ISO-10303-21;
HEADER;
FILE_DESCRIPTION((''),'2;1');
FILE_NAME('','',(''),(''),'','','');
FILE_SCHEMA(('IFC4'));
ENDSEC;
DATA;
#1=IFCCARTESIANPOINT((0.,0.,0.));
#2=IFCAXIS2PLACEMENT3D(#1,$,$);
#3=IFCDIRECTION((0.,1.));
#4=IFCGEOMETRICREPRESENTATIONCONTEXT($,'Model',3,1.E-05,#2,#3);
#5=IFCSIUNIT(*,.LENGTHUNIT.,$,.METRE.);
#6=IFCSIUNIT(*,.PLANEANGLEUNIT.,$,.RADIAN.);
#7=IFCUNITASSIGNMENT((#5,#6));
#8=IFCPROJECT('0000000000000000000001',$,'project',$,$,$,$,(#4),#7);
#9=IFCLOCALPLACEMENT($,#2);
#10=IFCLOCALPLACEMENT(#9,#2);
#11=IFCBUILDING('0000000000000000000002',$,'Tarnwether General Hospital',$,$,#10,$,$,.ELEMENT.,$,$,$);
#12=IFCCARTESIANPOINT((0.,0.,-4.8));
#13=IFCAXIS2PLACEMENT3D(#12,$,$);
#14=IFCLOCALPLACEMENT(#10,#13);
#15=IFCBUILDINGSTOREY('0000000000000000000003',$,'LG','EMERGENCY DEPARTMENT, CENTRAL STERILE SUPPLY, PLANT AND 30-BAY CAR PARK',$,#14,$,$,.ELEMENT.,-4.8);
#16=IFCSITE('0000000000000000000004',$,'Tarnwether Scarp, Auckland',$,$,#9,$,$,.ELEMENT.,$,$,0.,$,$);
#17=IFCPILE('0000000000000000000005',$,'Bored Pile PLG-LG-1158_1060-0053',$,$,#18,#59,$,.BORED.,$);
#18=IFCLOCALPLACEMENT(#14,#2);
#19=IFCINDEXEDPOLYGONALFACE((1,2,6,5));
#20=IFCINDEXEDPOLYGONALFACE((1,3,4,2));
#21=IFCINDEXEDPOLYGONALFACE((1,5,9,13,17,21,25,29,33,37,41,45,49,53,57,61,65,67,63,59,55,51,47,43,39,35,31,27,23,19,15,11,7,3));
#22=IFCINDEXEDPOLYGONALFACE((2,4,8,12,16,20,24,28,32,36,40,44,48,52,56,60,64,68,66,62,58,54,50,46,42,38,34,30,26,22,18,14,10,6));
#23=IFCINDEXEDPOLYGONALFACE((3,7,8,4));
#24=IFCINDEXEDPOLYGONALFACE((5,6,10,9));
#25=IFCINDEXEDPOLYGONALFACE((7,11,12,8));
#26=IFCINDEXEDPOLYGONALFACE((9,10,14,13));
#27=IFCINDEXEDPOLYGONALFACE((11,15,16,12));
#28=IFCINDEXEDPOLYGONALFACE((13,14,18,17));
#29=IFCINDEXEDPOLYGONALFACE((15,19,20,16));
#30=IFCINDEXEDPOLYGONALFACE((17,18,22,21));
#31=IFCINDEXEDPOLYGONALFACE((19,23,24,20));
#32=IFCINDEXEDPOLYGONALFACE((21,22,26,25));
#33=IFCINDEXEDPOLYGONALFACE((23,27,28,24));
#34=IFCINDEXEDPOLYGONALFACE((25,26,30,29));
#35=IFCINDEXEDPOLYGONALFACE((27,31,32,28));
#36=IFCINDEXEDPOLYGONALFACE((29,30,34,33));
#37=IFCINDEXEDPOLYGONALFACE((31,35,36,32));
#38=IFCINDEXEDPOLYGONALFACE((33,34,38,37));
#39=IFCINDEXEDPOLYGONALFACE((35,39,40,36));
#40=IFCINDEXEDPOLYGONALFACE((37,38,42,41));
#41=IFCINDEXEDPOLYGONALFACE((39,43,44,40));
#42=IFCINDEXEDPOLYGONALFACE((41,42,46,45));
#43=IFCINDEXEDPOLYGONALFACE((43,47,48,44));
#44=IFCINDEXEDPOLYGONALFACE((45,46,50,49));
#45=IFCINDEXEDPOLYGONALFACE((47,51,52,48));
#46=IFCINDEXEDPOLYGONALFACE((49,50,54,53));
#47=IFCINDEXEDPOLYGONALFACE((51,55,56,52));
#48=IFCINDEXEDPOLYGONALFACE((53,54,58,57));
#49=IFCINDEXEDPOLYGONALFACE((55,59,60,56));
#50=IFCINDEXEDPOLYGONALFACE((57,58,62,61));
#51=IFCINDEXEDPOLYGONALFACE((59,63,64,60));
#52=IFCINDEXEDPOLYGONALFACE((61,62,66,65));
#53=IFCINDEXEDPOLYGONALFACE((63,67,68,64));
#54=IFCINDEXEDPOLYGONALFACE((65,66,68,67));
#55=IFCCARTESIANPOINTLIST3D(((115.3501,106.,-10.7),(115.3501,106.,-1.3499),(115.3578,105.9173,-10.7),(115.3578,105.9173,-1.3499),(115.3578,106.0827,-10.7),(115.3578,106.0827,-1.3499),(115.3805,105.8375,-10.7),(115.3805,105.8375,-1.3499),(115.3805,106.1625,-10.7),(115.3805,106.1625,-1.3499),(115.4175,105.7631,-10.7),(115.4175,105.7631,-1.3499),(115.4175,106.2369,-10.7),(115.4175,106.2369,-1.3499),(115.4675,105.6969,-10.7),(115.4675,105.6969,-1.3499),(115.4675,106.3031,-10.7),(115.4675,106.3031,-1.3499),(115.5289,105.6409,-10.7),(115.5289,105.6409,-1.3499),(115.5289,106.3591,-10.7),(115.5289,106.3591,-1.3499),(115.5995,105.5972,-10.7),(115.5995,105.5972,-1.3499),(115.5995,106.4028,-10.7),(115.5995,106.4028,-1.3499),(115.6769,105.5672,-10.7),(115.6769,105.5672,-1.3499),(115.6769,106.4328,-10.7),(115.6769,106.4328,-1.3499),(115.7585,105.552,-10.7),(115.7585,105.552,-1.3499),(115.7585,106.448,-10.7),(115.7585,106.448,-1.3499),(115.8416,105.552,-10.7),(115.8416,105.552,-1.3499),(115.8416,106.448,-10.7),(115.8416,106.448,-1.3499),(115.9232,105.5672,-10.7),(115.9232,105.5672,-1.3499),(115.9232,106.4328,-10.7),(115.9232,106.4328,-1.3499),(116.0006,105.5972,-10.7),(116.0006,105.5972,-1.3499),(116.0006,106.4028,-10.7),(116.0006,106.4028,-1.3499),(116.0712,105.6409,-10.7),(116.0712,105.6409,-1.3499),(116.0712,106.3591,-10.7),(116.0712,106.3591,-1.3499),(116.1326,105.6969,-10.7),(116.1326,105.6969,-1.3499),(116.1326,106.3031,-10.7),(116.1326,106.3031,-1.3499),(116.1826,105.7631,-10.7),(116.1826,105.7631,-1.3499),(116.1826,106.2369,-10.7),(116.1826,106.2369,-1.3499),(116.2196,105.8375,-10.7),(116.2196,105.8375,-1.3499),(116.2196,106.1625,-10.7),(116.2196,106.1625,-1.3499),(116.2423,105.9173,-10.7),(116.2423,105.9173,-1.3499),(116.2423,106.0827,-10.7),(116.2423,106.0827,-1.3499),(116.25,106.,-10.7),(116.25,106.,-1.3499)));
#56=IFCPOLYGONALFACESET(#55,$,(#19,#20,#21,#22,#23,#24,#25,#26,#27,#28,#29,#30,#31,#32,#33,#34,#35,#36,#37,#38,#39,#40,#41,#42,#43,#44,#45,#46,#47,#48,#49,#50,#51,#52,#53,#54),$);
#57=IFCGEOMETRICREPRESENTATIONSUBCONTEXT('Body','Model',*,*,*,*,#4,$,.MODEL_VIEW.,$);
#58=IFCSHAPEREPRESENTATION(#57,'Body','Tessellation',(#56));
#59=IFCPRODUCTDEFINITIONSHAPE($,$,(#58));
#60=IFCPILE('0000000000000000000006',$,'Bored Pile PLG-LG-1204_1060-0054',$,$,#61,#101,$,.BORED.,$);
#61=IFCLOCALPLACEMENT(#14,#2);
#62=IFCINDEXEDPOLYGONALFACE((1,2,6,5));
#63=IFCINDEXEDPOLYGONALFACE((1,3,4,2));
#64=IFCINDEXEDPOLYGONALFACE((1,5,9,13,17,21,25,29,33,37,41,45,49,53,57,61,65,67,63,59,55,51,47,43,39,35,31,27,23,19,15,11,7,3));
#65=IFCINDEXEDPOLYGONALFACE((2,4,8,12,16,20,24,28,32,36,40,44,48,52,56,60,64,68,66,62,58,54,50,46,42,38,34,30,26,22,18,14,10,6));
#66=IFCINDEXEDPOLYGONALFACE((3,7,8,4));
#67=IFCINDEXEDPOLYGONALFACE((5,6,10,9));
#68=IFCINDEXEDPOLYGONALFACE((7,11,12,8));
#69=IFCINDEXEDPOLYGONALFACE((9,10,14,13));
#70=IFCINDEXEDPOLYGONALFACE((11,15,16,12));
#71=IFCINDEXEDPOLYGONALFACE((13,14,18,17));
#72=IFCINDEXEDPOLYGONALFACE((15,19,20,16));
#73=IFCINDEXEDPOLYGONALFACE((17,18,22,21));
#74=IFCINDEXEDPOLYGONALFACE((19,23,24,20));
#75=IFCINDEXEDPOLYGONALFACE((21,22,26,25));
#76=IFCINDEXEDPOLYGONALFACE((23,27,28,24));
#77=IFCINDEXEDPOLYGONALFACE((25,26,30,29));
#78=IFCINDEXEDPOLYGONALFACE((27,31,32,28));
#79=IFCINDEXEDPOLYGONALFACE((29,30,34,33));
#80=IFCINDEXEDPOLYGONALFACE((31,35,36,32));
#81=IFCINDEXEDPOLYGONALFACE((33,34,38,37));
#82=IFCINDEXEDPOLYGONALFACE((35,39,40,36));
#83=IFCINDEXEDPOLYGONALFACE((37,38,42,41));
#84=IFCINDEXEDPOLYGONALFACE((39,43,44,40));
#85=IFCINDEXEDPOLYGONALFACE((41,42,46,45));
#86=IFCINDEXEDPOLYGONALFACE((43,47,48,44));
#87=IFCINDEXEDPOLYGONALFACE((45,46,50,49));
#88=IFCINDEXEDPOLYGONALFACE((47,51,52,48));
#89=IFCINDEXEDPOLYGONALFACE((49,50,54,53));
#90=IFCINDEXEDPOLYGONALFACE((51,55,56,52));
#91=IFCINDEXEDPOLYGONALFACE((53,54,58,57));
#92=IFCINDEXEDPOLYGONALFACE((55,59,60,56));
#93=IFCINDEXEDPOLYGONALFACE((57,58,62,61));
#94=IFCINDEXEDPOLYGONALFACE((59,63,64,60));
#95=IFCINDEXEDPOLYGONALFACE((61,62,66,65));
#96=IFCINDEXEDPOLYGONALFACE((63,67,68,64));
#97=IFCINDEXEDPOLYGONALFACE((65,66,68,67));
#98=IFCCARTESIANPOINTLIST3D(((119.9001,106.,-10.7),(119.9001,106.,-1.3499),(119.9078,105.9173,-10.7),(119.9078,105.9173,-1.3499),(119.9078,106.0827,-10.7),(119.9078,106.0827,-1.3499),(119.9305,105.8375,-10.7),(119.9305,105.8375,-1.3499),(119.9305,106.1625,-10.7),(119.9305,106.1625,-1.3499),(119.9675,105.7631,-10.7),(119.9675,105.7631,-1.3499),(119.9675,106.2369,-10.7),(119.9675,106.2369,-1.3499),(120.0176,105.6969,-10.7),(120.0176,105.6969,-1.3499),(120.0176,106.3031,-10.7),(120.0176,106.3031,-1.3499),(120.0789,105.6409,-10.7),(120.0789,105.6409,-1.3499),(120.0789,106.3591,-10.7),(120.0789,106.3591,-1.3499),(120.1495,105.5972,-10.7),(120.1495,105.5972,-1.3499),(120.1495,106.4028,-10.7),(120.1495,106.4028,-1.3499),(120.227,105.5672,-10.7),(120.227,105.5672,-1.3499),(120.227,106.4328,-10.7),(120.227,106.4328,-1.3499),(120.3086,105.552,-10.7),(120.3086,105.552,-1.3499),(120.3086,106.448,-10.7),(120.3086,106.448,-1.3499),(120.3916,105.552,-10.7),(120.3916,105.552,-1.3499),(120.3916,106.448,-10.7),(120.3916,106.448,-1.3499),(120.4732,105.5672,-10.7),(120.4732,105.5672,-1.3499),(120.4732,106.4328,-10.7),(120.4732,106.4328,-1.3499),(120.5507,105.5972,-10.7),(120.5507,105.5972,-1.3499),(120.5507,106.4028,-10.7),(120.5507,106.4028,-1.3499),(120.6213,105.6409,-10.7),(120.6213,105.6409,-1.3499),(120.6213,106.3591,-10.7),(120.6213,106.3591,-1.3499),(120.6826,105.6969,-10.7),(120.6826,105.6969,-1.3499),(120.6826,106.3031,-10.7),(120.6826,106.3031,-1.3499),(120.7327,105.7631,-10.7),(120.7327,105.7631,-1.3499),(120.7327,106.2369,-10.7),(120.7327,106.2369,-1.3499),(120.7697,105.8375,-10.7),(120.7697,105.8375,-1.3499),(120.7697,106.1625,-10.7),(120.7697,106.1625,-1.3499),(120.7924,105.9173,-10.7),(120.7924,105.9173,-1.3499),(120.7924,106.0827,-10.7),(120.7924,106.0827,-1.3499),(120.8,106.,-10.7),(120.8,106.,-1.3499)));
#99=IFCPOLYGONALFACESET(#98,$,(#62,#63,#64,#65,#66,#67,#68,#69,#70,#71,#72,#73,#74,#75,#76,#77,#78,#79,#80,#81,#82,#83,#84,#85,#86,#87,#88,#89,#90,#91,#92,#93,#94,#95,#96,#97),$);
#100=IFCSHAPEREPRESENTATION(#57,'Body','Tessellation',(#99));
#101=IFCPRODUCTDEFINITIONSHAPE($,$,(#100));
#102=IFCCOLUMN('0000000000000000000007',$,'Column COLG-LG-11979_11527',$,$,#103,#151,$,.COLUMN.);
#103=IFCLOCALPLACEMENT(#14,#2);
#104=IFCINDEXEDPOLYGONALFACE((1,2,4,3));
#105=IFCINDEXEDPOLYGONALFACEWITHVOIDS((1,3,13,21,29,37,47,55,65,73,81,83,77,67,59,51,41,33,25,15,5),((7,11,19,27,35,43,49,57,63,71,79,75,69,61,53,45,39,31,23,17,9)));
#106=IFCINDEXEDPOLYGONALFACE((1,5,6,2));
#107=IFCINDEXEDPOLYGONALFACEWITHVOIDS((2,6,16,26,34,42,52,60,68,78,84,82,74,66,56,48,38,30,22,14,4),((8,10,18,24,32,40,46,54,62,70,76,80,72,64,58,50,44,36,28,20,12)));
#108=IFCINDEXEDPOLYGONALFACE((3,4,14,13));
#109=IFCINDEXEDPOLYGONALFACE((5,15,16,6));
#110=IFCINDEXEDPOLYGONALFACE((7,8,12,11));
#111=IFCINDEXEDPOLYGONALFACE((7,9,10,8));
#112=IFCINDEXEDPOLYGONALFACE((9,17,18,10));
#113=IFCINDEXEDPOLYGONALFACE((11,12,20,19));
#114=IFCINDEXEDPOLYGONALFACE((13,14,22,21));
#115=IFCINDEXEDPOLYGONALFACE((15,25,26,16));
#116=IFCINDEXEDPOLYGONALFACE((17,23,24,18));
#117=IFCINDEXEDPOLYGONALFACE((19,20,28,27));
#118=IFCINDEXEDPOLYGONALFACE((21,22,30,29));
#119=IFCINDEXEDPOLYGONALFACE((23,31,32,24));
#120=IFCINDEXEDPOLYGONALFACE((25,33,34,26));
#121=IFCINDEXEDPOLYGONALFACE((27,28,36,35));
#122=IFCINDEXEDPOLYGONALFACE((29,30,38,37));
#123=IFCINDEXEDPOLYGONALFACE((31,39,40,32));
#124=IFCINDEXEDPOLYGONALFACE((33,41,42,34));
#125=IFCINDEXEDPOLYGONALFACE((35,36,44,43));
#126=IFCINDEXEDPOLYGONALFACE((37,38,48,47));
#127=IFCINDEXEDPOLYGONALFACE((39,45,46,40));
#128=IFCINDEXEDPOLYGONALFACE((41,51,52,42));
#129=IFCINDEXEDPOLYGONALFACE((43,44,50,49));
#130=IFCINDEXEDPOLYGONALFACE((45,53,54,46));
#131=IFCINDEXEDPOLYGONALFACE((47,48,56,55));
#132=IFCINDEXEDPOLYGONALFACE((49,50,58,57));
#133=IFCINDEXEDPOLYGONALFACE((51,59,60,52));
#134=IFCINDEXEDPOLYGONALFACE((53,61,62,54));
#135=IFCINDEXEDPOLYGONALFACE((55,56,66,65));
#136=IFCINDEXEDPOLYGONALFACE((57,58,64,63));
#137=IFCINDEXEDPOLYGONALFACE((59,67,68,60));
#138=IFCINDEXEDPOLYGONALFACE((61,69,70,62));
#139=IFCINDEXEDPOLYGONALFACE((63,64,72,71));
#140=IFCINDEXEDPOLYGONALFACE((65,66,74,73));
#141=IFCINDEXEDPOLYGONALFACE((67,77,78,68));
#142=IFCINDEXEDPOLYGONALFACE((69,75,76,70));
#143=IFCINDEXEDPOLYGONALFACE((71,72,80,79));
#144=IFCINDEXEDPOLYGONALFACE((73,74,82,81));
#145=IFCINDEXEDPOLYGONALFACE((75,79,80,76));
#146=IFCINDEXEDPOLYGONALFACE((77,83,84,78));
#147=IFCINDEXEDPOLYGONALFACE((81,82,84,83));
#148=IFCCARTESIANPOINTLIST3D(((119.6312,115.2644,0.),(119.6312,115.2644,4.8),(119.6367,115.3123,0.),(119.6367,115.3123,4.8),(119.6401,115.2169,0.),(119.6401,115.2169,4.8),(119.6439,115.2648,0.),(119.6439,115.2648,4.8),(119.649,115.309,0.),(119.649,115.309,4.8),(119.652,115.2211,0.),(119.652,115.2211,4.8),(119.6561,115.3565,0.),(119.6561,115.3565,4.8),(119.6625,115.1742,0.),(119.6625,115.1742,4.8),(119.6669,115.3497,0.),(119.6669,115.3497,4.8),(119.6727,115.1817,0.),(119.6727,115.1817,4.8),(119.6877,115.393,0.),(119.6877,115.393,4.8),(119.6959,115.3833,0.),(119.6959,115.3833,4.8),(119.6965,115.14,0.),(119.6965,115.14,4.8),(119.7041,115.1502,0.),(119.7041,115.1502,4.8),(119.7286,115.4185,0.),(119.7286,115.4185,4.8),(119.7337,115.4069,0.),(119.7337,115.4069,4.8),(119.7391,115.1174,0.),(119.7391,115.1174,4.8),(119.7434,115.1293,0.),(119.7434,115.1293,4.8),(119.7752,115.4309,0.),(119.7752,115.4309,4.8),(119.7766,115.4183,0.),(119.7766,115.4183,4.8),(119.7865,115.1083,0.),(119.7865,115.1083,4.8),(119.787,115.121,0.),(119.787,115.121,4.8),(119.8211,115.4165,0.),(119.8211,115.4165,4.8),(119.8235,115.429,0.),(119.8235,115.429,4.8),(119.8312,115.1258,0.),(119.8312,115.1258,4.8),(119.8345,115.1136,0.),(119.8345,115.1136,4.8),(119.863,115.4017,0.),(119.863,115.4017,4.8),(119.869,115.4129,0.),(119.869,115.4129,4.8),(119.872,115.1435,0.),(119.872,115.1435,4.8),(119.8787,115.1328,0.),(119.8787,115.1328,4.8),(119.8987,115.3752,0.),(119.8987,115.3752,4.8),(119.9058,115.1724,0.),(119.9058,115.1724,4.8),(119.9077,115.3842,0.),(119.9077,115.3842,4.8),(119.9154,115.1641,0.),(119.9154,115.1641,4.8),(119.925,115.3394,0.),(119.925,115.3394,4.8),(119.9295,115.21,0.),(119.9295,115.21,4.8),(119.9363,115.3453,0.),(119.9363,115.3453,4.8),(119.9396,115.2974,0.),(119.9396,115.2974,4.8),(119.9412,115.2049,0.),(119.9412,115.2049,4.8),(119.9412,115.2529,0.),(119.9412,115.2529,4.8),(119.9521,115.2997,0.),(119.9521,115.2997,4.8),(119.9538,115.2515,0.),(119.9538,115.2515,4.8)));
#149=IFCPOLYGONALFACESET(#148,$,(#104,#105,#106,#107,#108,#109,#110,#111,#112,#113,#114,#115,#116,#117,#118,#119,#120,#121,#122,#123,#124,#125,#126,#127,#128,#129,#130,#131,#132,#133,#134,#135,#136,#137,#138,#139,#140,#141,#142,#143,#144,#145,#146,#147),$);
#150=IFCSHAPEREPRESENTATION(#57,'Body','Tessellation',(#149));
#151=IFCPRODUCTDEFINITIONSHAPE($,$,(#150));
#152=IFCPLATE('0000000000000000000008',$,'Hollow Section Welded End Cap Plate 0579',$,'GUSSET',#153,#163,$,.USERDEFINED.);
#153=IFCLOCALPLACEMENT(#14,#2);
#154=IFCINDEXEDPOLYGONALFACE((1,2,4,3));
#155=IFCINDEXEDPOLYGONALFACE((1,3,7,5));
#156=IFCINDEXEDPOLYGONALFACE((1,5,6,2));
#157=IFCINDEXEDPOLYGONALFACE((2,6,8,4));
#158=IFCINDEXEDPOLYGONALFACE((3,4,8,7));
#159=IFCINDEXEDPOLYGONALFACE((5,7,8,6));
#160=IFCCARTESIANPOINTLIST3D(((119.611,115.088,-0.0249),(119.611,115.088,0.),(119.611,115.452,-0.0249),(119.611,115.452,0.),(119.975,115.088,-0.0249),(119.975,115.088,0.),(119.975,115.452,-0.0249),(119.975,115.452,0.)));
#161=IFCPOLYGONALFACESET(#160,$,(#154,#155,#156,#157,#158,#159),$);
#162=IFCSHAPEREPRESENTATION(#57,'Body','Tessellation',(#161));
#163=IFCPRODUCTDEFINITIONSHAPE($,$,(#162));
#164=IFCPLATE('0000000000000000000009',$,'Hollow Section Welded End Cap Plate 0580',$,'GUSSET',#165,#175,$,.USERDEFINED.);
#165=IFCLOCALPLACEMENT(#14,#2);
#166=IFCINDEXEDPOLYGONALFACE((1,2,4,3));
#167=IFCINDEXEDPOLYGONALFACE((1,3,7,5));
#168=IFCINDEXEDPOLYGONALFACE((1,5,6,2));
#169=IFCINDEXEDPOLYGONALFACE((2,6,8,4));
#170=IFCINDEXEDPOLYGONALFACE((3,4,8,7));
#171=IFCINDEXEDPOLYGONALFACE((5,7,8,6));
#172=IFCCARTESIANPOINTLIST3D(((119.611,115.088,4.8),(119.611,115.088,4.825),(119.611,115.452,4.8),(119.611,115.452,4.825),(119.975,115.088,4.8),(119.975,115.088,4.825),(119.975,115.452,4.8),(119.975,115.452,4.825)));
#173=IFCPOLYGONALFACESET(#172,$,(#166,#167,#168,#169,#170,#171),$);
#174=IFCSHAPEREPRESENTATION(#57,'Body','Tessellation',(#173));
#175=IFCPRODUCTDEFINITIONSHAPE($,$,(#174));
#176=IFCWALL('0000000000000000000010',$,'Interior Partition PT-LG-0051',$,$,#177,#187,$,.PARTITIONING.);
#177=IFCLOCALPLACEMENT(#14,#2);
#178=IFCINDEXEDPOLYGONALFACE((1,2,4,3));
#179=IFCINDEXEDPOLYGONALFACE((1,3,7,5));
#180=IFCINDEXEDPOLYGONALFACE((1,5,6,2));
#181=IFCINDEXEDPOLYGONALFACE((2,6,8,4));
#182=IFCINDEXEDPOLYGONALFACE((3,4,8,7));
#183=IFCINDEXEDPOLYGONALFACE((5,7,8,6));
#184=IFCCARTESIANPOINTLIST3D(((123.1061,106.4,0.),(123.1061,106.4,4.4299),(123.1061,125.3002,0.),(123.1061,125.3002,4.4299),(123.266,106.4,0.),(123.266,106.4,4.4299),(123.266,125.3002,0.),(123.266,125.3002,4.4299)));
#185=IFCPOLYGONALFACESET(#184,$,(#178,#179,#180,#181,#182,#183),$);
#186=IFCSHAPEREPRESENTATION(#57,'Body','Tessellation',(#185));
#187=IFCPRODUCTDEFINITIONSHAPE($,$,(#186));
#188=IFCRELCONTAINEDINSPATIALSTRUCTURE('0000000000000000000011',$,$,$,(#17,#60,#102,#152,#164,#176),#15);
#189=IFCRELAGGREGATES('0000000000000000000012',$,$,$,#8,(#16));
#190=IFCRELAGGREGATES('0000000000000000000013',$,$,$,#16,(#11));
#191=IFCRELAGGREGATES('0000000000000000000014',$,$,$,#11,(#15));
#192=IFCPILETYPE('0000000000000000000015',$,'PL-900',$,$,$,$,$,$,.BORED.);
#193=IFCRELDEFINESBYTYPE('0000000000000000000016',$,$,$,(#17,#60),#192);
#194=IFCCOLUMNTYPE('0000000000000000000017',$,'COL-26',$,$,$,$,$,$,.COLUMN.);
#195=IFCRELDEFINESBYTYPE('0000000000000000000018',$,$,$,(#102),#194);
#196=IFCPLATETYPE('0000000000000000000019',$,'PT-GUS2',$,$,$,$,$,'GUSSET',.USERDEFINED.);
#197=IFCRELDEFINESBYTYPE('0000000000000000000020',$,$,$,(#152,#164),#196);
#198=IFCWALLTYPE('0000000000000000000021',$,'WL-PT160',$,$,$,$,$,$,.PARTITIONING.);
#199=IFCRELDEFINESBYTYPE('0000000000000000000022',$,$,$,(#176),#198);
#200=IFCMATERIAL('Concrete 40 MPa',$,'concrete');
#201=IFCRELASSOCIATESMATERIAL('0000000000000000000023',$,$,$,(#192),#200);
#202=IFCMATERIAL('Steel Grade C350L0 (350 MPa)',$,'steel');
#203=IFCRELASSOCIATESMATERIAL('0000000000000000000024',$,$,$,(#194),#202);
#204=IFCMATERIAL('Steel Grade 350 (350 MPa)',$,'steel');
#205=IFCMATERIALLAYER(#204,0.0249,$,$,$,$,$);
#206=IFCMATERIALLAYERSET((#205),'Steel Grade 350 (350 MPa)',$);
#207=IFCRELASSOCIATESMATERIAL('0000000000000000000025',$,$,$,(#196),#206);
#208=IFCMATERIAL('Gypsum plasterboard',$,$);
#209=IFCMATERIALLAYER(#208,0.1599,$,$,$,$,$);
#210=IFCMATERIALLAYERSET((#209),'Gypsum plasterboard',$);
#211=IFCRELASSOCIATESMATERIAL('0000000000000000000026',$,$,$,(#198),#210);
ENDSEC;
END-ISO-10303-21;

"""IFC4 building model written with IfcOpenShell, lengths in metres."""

from ifc_helpers import new_model, si_unit, direction, frame, frame_2d, origin, origin_2d, place, context, subcontext, project, spatial, rectangle, circle, hollow_circle, extrude, material, layer, layer_set, material_profile, profile_set, type_object, element, save


model = new_model("IFC4")

# Units and contexts
model_context = context("Model", 3, precision=1e-05, world=origin(), true_north=direction((0.0, 1.0)))
body_context = subcontext(model_context, "Body", "Model", "MODEL_VIEW")
ifc_project = project(units=[si_unit("LENGTHUNIT", "METRE"), si_unit("PLANEANGLEUNIT", "RADIAN")], contexts=[model_context])

# Site, building, storey
site_placement = place(None, origin())
site = spatial("IfcSite", under=ifc_project, at=site_placement, Name="Tarnwether Scarp, Auckland", CompositionType="ELEMENT", RefElevation=0.0)
building_placement = place(site_placement, origin())
building = spatial("IfcBuilding", under=site, at=building_placement, Name="Tarnwether General Hospital", CompositionType="ELEMENT")
storey_placement = place(building_placement, frame((0.0, 0.0, -4.8)))
storey = spatial("IfcBuildingStorey", under=building, at=storey_placement, Name="LG", Description="EMERGENCY DEPARTMENT, CENTRAL STERILE SUPPLY, PLANT AND 30-BAY CAR PARK", CompositionType="ELEMENT", Elevation=-4.8)

# Piles
ifc_material_1 = material(Name="Concrete 40 MPa", Category="concrete")
ifc_material_profile_1 = material_profile(ifc_material_1, circle(Radius=0.45, at=origin_2d()), Name="PILE-D900")
ifc_profile_set_1 = profile_set([ifc_material_profile_1], Name="Concrete 40 MPa")
pile_type_1 = type_object("IfcPileType", Name="PL-900", PredefinedType="BORED", material=ifc_profile_set_1)
for number, where, z_axis, x_axis, name in (
    (1, (115.8, 106.0, -1.3499), (0.0, 0.0, -1.0), (1.0, 0.0, 0.0), "Bored Pile PLG-LG-1158_1060-0053"),
    (2, (120.3501, 106.0, -1.3499), (0.0, 0.0, -1.0), (1.0, 0.0, 0.0), "Bored Pile PLG-LG-1204_1060-0054"),
):
    element("IfcPile", number, at=place(storey_placement, frame(where, z_axis=z_axis, x_axis=x_axis)), inside=storey, type_object=pile_type_1, Name=name, PredefinedType="BORED", context=body_context, shape_type="SweptSolid", body=[
        extrude(circle(Radius=0.45, at=origin_2d()), origin(), (0.0, 0.0, 1.0), 9.3501),
    ])

# Column
ifc_material_2 = material(Name="Steel Grade C350L0 (350 MPa)", Category="steel")
ifc_material_profile_2 = material_profile(ifc_material_2, hollow_circle(Radius=0.1619, WallThickness=0.0127, at=origin_2d()), Name="CHS323.9x12.7")
ifc_profile_set_2 = profile_set([ifc_material_profile_2], Name="Steel Grade C350L0 (350 MPa)")
column_type = type_object("IfcColumnType", Name="COL-26", PredefinedType="COLUMN", material=ifc_profile_set_2)
column_placement = place(storey_placement, frame((119.793, 115.27, 0.0), z_axis=(0.0, 0.0, 1.0), x_axis=(0.469472, 0.882948, 0.0)))
element("IfcColumn", 3, at=column_placement, inside=storey, type_object=column_type, Name="Column COLG-LG-11979_11527", PredefinedType="COLUMN", context=body_context, shape_type="SweptSolid", body=[
    extrude(hollow_circle(Radius=0.1619, WallThickness=0.0127, at=origin_2d()), origin(), (0.0, 0.0, 1.0), 4.8),
])

# Plates
ifc_material_3 = material(Name="Steel Grade 350 (350 MPa)", Category="steel")
ifc_layer_1 = layer(ifc_material_3, 0.0249)
ifc_layer_set_1 = layer_set([ifc_layer_1], Name="Steel Grade 350 (350 MPa)")
plate_type = type_object("IfcPlateType", Name="PT-GUS2", ElementType="GUSSET", PredefinedType="USERDEFINED", material=ifc_layer_set_1)
for number, where, z_axis, x_axis, name in (
    (4, (119.793, 115.27, -0.0249), (0.0, 0.0, 1.0), (1.0, 0.0, 0.0), "Hollow Section Welded End Cap Plate 0579"),
    (5, (119.793, 115.27, 4.8), (0.0, 0.0, 1.0), (1.0, 0.0, 0.0), "Hollow Section Welded End Cap Plate 0580"),
):
    element("IfcPlate", number, at=place(storey_placement, frame(where, z_axis=z_axis, x_axis=x_axis)), inside=storey, type_object=plate_type, Name=name, ObjectType="GUSSET", PredefinedType="USERDEFINED", context=body_context, shape_type="SweptSolid", body=[
        extrude(rectangle(XDim=0.364, YDim=0.364, at=origin_2d()), origin(), (0.0, 0.0, 1.0), 0.0249),
    ])

# Wall
ifc_material_4 = material(Name="Gypsum plasterboard")
ifc_layer_2 = layer(ifc_material_4, 0.1599)
ifc_layer_set_2 = layer_set([ifc_layer_2], Name="Gypsum plasterboard")
wall_type_1 = type_object("IfcWallType", Name="WL-PT160", PredefinedType="PARTITIONING", material=ifc_layer_set_2)
wall_1_placement = place(storey_placement, frame((123.186, 106.3999, 0.0), z_axis=(0.0, 0.0, 1.0), x_axis=(0.0, 1.0, 0.0)))
element("IfcWall", 6, at=wall_1_placement, inside=storey, type_object=wall_type_1, Name="Interior Partition PT-LG-0051", PredefinedType="PARTITIONING", context=body_context, shape_type="SweptSolid", body=[
    extrude(rectangle(XDim=18.9001, YDim=0.1599, at=frame_2d((9.4502, 0.0))), origin(), (0.0, 0.0, 1.0), 4.4299),
])

save(model, "model.ifc")
